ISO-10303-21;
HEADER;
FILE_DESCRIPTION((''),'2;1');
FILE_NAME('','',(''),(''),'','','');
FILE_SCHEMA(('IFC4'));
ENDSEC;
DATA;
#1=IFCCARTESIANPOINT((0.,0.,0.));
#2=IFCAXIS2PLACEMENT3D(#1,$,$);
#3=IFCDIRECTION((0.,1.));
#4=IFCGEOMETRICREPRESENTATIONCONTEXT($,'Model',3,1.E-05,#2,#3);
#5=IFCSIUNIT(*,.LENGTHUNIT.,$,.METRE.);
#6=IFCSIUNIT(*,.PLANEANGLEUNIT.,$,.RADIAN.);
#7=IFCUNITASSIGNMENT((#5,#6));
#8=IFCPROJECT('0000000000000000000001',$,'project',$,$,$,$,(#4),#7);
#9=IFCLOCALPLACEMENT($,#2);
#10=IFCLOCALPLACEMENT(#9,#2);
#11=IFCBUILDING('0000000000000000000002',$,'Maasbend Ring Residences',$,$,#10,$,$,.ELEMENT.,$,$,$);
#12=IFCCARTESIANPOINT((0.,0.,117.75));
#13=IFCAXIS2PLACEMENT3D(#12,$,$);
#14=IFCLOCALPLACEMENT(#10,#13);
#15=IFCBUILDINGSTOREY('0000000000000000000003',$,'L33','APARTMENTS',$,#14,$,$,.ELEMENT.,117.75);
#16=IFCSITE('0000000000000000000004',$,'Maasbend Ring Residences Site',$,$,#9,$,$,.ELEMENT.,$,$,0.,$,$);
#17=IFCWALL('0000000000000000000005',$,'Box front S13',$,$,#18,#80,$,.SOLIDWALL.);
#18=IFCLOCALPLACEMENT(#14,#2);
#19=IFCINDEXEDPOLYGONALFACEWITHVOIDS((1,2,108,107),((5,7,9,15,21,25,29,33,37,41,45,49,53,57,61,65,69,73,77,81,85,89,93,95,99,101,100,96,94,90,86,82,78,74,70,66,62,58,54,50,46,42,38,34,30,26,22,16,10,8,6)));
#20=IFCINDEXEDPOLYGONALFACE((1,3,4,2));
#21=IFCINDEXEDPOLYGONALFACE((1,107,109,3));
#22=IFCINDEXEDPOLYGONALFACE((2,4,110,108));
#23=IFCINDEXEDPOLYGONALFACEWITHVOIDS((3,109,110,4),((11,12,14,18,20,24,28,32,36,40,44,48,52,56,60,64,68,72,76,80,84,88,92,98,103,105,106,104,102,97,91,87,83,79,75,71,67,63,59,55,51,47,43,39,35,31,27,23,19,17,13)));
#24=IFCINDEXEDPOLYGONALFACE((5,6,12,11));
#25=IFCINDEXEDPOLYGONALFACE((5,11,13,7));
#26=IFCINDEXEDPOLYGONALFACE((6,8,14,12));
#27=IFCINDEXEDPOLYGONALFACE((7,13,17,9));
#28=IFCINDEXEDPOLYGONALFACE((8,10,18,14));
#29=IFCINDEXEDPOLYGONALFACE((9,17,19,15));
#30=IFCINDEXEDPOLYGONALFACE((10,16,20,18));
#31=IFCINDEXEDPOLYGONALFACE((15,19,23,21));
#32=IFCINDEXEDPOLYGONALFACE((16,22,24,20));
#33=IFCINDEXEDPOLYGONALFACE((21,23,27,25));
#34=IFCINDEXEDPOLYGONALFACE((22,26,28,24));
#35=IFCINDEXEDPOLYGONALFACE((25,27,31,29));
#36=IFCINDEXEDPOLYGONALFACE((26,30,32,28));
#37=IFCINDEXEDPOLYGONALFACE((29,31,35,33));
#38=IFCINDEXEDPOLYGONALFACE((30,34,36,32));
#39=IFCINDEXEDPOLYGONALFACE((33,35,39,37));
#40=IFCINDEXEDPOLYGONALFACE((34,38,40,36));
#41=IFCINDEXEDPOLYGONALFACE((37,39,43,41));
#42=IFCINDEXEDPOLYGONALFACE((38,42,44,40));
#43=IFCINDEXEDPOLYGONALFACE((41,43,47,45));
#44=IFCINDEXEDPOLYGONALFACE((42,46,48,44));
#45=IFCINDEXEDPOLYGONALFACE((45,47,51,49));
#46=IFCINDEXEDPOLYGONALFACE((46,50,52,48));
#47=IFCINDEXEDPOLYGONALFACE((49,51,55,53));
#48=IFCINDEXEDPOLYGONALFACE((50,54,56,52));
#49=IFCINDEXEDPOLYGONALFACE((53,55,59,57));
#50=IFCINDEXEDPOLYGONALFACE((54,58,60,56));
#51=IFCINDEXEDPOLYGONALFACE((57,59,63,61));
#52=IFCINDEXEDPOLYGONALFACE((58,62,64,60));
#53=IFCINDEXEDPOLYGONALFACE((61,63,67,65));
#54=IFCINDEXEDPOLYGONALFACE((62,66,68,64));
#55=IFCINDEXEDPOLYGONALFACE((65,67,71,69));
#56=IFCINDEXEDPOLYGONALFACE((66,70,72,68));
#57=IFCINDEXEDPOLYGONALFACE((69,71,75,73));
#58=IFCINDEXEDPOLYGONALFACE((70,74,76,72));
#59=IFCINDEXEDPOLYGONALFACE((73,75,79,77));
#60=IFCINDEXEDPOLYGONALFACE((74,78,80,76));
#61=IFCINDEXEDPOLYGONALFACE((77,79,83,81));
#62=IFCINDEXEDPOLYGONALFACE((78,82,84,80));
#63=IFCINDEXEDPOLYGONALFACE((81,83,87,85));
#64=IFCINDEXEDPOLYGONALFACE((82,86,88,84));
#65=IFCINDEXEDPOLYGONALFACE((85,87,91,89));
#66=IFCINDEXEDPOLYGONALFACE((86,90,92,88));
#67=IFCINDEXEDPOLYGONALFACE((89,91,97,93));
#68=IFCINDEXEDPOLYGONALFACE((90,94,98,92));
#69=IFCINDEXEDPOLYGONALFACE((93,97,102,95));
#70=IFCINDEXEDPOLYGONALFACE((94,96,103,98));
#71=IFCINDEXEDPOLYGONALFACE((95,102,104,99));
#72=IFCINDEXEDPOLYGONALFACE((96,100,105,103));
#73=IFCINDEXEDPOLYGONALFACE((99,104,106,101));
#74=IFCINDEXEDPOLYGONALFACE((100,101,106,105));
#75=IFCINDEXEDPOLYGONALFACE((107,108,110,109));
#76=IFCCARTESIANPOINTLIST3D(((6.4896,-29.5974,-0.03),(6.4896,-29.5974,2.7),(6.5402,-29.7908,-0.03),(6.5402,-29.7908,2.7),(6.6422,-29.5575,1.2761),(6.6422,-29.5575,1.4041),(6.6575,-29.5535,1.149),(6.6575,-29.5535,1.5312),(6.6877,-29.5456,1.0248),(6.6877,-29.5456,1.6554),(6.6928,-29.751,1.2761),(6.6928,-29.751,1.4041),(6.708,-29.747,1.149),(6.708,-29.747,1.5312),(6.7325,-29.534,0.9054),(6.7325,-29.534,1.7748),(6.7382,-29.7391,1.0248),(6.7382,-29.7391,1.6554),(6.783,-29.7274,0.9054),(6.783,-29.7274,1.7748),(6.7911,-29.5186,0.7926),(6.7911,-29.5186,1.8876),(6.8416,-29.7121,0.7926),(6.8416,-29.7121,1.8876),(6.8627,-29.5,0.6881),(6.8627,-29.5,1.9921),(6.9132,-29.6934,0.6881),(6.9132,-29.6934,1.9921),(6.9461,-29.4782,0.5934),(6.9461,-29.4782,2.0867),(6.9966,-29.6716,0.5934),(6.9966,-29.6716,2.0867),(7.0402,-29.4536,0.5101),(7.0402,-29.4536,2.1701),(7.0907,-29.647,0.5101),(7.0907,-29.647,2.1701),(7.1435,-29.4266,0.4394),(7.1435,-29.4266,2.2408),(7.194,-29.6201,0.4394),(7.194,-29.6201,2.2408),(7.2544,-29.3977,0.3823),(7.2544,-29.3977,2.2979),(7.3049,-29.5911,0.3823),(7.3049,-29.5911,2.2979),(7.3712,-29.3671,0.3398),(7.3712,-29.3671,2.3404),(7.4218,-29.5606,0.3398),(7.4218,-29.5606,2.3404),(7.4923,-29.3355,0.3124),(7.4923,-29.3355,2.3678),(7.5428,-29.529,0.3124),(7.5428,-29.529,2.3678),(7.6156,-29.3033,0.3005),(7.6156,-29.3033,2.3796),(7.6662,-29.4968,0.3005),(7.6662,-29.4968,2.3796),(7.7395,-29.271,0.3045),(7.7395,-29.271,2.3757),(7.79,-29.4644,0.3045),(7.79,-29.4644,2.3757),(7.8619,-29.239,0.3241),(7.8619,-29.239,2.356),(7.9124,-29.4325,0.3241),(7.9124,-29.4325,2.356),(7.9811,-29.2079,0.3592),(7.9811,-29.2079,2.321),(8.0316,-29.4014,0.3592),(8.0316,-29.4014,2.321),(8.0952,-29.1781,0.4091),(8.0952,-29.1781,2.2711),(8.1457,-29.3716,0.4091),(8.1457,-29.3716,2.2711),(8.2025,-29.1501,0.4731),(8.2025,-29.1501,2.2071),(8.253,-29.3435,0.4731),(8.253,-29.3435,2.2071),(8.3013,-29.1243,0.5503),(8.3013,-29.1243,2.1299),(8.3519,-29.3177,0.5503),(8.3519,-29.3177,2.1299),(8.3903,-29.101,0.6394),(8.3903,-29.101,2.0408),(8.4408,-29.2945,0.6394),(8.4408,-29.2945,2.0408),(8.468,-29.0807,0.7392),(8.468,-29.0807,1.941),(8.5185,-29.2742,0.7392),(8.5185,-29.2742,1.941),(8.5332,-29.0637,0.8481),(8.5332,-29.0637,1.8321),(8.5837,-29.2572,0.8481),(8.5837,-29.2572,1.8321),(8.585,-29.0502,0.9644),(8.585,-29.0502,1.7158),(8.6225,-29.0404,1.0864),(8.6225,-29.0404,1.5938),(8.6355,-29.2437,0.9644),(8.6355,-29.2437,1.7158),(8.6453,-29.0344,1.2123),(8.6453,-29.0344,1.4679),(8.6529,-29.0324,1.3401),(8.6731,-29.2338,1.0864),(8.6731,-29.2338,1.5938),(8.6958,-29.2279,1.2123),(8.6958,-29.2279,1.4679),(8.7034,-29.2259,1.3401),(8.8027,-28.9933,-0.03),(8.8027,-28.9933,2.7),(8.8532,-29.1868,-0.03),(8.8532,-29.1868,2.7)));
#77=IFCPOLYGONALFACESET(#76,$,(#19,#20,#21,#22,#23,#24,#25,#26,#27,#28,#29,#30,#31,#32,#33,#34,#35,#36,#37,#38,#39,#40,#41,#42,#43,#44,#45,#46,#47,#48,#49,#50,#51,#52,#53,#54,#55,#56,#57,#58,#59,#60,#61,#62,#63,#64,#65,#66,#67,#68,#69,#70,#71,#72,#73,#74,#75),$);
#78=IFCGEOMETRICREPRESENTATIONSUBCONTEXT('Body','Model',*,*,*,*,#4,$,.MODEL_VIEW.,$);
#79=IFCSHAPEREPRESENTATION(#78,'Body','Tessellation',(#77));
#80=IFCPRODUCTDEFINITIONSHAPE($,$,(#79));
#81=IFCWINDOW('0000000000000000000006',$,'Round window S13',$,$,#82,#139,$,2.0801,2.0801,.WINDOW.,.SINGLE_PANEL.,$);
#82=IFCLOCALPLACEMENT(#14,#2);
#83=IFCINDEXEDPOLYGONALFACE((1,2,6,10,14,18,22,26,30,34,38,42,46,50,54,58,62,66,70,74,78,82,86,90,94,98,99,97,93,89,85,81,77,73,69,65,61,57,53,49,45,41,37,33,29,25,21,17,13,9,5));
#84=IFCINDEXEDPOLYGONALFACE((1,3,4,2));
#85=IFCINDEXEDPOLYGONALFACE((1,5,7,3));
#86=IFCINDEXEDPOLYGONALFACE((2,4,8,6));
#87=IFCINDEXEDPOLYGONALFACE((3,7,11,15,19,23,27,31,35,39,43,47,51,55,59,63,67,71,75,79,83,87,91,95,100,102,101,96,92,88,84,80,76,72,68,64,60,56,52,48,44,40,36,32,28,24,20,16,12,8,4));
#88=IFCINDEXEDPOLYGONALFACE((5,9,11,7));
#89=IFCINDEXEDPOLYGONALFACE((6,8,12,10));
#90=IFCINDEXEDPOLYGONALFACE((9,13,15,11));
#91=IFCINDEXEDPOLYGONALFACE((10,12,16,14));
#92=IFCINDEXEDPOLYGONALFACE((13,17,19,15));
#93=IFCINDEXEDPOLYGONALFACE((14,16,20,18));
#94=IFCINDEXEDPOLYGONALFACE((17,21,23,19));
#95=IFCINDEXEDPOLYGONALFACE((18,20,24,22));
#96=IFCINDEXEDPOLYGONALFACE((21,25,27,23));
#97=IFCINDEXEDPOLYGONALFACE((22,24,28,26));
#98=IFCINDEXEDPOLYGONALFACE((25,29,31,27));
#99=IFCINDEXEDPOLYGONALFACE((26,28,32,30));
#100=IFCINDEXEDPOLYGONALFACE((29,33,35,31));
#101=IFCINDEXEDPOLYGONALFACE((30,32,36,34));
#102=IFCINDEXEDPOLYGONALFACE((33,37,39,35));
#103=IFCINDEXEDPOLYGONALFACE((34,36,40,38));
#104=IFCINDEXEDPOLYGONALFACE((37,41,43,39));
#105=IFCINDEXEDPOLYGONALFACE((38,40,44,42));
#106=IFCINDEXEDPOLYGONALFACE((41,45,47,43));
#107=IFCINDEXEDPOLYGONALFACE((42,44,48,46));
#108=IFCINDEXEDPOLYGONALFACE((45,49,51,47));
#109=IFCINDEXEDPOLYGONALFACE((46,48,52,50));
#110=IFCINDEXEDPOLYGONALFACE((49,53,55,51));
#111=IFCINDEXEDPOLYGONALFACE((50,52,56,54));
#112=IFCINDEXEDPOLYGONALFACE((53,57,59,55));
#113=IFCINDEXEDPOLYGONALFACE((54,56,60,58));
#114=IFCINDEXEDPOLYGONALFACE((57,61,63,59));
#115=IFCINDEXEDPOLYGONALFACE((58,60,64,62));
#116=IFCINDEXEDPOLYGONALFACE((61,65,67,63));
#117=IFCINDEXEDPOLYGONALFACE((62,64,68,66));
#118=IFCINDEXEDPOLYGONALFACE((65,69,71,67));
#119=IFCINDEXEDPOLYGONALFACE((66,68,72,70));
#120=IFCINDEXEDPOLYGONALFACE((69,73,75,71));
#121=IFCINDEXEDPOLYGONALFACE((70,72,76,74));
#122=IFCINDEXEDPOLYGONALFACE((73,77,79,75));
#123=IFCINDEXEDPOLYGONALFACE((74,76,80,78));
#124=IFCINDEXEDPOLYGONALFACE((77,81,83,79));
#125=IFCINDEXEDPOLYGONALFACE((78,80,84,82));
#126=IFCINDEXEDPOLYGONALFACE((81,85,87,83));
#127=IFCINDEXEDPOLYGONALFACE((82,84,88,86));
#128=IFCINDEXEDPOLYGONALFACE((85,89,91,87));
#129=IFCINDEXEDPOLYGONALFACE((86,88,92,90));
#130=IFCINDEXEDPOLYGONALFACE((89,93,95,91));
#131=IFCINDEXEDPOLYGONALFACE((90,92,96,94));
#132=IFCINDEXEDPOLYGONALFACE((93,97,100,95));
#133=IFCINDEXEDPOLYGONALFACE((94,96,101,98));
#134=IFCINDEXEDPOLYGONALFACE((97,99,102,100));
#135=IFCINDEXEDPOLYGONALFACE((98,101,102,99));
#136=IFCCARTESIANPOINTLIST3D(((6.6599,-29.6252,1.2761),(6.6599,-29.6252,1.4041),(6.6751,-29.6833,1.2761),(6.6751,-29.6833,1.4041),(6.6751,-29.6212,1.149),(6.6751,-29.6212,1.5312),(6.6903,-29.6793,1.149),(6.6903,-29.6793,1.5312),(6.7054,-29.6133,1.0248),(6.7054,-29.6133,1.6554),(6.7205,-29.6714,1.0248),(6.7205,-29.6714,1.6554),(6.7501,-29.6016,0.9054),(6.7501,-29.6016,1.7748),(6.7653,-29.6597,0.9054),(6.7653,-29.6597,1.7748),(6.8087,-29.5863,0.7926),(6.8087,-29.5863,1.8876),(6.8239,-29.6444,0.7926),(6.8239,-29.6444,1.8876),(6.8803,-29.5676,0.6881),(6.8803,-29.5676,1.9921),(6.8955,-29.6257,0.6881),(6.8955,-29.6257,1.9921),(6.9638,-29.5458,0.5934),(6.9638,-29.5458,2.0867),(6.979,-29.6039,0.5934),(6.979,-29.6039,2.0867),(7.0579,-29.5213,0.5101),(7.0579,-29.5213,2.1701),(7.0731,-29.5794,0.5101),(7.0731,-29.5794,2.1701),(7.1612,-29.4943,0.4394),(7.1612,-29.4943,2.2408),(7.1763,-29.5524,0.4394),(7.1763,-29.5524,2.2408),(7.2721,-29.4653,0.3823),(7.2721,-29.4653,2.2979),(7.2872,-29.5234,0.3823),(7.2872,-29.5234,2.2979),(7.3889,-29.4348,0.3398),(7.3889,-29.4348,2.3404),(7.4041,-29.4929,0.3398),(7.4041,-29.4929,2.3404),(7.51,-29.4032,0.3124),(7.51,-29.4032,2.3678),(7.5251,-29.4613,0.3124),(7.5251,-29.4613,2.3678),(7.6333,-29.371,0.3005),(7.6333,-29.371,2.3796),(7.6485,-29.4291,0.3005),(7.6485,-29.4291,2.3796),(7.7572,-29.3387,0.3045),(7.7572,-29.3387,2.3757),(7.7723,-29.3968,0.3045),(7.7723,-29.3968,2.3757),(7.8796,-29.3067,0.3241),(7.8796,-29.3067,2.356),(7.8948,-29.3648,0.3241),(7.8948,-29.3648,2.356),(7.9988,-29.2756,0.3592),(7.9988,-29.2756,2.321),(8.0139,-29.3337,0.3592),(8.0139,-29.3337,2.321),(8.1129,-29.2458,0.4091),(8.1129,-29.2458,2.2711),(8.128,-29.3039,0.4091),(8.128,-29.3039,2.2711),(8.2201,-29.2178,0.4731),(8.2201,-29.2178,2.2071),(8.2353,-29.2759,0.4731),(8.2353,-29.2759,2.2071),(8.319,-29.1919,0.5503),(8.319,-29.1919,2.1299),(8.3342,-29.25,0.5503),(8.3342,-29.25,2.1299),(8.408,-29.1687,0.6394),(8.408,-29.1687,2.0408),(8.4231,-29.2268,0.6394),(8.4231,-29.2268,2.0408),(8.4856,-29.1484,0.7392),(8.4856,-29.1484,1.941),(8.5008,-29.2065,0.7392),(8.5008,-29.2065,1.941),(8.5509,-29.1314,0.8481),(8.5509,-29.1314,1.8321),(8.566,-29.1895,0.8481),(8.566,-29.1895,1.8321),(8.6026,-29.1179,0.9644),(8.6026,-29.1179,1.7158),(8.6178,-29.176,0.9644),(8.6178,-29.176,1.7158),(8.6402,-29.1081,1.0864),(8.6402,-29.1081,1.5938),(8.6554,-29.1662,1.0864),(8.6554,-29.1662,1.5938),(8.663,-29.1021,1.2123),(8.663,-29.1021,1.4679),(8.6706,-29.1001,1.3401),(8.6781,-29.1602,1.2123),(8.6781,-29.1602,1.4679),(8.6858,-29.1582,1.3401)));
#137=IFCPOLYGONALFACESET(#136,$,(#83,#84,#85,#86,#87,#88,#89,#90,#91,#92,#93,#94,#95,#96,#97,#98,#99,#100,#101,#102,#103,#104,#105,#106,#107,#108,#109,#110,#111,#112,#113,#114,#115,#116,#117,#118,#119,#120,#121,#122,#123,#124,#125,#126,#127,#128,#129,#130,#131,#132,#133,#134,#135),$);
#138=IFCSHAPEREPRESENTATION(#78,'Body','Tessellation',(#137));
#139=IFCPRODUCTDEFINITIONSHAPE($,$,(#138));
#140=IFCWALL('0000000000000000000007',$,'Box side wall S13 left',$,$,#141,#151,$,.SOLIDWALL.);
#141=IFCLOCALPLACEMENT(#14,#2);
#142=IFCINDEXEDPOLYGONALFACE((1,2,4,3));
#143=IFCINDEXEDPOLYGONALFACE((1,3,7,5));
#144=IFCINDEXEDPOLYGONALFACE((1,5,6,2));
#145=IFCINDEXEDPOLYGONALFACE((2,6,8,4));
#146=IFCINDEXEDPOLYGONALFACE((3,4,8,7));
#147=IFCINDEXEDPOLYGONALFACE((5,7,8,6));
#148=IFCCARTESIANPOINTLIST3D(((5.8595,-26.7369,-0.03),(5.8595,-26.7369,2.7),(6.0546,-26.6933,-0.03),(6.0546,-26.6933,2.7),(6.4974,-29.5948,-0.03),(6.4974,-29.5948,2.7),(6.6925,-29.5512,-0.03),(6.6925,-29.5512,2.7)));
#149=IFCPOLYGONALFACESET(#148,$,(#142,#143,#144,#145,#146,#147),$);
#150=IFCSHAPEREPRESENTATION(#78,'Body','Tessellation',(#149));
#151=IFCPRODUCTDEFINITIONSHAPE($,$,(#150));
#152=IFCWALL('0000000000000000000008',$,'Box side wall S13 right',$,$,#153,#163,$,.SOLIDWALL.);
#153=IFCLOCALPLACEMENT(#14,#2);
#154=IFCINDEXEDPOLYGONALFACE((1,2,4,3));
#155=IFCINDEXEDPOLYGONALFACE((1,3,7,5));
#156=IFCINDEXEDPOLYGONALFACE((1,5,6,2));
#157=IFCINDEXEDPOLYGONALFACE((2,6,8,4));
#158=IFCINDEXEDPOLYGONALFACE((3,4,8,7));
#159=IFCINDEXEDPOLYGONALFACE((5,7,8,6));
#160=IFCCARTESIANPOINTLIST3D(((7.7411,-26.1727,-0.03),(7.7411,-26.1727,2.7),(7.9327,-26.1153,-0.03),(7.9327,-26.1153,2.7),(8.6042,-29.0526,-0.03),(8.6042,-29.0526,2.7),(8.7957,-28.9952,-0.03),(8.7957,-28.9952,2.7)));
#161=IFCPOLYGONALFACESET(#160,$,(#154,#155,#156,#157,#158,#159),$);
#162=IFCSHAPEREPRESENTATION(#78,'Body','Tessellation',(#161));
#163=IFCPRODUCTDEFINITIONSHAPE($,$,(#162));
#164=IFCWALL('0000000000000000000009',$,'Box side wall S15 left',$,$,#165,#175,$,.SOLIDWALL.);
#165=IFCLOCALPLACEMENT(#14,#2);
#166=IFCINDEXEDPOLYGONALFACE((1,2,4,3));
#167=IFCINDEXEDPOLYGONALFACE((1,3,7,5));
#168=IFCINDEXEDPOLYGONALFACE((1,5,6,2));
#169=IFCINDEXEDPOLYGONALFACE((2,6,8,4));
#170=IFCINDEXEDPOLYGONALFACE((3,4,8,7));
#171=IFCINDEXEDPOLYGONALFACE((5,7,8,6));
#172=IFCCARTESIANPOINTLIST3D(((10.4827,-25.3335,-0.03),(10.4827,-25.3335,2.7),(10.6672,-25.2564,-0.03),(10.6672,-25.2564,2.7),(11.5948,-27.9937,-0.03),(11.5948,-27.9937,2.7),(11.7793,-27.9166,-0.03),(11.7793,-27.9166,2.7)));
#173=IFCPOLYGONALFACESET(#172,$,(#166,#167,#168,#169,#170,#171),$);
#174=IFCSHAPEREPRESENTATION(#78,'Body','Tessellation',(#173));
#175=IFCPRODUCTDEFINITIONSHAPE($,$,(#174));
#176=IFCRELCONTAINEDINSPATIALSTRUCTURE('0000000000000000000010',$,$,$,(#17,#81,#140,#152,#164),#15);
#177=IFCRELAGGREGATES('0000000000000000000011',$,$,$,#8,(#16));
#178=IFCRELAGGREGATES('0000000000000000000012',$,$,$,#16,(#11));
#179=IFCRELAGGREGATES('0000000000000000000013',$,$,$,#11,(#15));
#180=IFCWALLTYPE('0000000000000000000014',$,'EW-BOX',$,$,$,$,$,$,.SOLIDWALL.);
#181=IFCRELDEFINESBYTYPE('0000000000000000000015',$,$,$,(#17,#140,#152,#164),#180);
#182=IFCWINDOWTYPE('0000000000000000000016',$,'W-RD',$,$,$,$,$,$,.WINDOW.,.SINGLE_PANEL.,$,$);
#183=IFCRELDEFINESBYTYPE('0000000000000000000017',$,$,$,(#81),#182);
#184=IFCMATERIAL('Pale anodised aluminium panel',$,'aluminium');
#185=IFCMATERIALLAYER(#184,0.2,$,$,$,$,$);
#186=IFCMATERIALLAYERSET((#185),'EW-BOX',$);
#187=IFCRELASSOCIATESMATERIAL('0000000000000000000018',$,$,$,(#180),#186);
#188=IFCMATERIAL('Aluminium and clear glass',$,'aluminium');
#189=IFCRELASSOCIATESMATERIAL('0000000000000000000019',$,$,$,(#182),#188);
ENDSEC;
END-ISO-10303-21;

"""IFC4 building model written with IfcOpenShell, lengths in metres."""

from ifc_helpers import new_model, si_unit, direction, frame, frame_2d, origin, place, context, subcontext, project, spatial, rectangle, circle, extrude, material, layer, layer_set, type_object, element, fill, save


model = new_model("IFC4")

# Units and contexts
model_context = context("Model", 3, precision=1e-05, world=origin(), true_north=direction((0.0, 1.0)))
body_context = subcontext(model_context, "Body", "Model", "MODEL_VIEW")
ifc_project = project(units=[si_unit("LENGTHUNIT", "METRE"), si_unit("PLANEANGLEUNIT", "RADIAN")], contexts=[model_context])

# Site, building, storey
site_placement = place(None, origin())
site = spatial("IfcSite", under=ifc_project, at=site_placement, Name="Maasbend Ring Residences Site", CompositionType="ELEMENT", RefElevation=0.0)
building_placement = place(site_placement, origin())
building = spatial("IfcBuilding", under=site, at=building_placement, Name="Maasbend Ring Residences", CompositionType="ELEMENT")
storey_placement = place(building_placement, frame((0.0, 0.0, 117.75)))
storey = spatial("IfcBuildingStorey", under=building, at=storey_placement, Name="L33", Description="APARTMENTS", CompositionType="ELEMENT", Elevation=117.75)

# Shared definitions
ifc_material_1 = material(Name="Pale anodised aluminium panel", Category="aluminium")
ifc_layer_1 = layer(ifc_material_1, 0.2)
ifc_layer_set_1 = layer_set([ifc_layer_1], Name="EW-BOX")
wall_type_1 = type_object("IfcWallType", Name="EW-BOX", PredefinedType="SOLIDWALL", material=ifc_layer_set_1)

# Wall, opening, window
wall_1_placement = place(storey_placement, frame((6.5149, -29.6941, -0.03), z_axis=(0.0, 0.0, 1.0), x_axis=(0.967554, 0.252663, 0.0)))
wall_1 = element("IfcWall", 1, at=wall_1_placement, inside=storey, type_object=wall_type_1, Name="Box front S13", PredefinedType="SOLIDWALL", context=body_context, shape_type="SweptSolid", body=[
    extrude(rectangle(XDim=2.3906, YDim=0.2, at=frame_2d((1.1953, 0.0))), origin(), (0.0, 0.0, 1.0), 2.73),
])
opening_1_placement = place(wall_1_placement, frame((0.1558, 0.0, 0.3301)))
opening_1 = element("IfcOpeningElement", 2, at=opening_1_placement, cuts=wall_1, PredefinedType="OPENING", context=body_context, shape_type="SweptSolid", body=[
    extrude(circle(Radius=1.04, at=frame_2d((1.04, 1.04))), frame((0.0, 0.1099, 0.0), z_axis=(0.0, -1.0, 0.0), x_axis=(1.0, 0.0, 0.0)), (0.0, 0.0, 1.0), 0.22),
])
ifc_material_2 = material(Name="Aluminium and clear glass", Category="aluminium")
window_type_1 = type_object("IfcWindowType", Name="W-RD", PartitioningType="SINGLE_PANEL", PredefinedType="WINDOW", material=ifc_material_2)
window_1_placement = place(opening_1_placement, origin())
window_1 = element("IfcWindow", 3, at=window_1_placement, inside=storey, type_object=window_type_1, Name="Round window S13", OverallHeight=2.0801, OverallWidth=2.0801, PartitioningType="SINGLE_PANEL", PredefinedType="WINDOW", context=body_context, shape_type="SweptSolid", body=[
    extrude(circle(Radius=1.04, at=frame_2d((1.04, 1.04))), frame((0.0, 0.03, 0.0), z_axis=(0.0, -1.0, 0.0), x_axis=(1.0, 0.0, 0.0)), (0.0, 0.0, 1.0), 0.0601),
])
fill(opening_1, window_1)

# Walls
wall_2_placement = place(storey_placement, frame((5.957, -26.7151, -0.03), z_axis=(0.0, 0.0, 1.0), x_axis=(0.217857, -0.975981, 0.0)))
element("IfcWall", 4, at=wall_2_placement, inside=storey, type_object=wall_type_1, Name="Box side wall S13 left", PredefinedType="SOLIDWALL", context=body_context, shape_type="SweptSolid", body=[
    extrude(rectangle(XDim=2.9282, YDim=0.2, at=frame_2d((1.4641, 0.0))), origin(), (0.0, 0.0, 1.0), 2.73),
])
wall_3_placement = place(storey_placement, frame((7.8369, -26.144, -0.03), z_axis=(0.0, 0.0, 1.0), x_axis=(0.287065, -0.957911, 0.0)))
element("IfcWall", 5, at=wall_3_placement, inside=storey, type_object=wall_type_1, Name="Box side wall S13 right", PredefinedType="SOLIDWALL", context=body_context, shape_type="SweptSolid", body=[
    extrude(rectangle(XDim=3.0063, YDim=0.2, at=frame_2d((1.5032, 0.0))), origin(), (0.0, 0.0, 1.0), 2.73),
])
wall_4_placement = place(storey_placement, frame((10.575, -25.2949, -0.03), z_axis=(0.0, 0.0, 1.0), x_axis=(0.385697, -0.922625, 0.0)))
element("IfcWall", 6, at=wall_4_placement, inside=storey, type_object=wall_type_1, Name="Box side wall S15 left", PredefinedType="SOLIDWALL", context=body_context, shape_type="SweptSolid", body=[
    extrude(rectangle(XDim=2.8833, YDim=0.2, at=frame_2d((1.4417, 0.0))), origin(), (0.0, 0.0, 1.0), 2.73),
])

save(model, "model.ifc")
